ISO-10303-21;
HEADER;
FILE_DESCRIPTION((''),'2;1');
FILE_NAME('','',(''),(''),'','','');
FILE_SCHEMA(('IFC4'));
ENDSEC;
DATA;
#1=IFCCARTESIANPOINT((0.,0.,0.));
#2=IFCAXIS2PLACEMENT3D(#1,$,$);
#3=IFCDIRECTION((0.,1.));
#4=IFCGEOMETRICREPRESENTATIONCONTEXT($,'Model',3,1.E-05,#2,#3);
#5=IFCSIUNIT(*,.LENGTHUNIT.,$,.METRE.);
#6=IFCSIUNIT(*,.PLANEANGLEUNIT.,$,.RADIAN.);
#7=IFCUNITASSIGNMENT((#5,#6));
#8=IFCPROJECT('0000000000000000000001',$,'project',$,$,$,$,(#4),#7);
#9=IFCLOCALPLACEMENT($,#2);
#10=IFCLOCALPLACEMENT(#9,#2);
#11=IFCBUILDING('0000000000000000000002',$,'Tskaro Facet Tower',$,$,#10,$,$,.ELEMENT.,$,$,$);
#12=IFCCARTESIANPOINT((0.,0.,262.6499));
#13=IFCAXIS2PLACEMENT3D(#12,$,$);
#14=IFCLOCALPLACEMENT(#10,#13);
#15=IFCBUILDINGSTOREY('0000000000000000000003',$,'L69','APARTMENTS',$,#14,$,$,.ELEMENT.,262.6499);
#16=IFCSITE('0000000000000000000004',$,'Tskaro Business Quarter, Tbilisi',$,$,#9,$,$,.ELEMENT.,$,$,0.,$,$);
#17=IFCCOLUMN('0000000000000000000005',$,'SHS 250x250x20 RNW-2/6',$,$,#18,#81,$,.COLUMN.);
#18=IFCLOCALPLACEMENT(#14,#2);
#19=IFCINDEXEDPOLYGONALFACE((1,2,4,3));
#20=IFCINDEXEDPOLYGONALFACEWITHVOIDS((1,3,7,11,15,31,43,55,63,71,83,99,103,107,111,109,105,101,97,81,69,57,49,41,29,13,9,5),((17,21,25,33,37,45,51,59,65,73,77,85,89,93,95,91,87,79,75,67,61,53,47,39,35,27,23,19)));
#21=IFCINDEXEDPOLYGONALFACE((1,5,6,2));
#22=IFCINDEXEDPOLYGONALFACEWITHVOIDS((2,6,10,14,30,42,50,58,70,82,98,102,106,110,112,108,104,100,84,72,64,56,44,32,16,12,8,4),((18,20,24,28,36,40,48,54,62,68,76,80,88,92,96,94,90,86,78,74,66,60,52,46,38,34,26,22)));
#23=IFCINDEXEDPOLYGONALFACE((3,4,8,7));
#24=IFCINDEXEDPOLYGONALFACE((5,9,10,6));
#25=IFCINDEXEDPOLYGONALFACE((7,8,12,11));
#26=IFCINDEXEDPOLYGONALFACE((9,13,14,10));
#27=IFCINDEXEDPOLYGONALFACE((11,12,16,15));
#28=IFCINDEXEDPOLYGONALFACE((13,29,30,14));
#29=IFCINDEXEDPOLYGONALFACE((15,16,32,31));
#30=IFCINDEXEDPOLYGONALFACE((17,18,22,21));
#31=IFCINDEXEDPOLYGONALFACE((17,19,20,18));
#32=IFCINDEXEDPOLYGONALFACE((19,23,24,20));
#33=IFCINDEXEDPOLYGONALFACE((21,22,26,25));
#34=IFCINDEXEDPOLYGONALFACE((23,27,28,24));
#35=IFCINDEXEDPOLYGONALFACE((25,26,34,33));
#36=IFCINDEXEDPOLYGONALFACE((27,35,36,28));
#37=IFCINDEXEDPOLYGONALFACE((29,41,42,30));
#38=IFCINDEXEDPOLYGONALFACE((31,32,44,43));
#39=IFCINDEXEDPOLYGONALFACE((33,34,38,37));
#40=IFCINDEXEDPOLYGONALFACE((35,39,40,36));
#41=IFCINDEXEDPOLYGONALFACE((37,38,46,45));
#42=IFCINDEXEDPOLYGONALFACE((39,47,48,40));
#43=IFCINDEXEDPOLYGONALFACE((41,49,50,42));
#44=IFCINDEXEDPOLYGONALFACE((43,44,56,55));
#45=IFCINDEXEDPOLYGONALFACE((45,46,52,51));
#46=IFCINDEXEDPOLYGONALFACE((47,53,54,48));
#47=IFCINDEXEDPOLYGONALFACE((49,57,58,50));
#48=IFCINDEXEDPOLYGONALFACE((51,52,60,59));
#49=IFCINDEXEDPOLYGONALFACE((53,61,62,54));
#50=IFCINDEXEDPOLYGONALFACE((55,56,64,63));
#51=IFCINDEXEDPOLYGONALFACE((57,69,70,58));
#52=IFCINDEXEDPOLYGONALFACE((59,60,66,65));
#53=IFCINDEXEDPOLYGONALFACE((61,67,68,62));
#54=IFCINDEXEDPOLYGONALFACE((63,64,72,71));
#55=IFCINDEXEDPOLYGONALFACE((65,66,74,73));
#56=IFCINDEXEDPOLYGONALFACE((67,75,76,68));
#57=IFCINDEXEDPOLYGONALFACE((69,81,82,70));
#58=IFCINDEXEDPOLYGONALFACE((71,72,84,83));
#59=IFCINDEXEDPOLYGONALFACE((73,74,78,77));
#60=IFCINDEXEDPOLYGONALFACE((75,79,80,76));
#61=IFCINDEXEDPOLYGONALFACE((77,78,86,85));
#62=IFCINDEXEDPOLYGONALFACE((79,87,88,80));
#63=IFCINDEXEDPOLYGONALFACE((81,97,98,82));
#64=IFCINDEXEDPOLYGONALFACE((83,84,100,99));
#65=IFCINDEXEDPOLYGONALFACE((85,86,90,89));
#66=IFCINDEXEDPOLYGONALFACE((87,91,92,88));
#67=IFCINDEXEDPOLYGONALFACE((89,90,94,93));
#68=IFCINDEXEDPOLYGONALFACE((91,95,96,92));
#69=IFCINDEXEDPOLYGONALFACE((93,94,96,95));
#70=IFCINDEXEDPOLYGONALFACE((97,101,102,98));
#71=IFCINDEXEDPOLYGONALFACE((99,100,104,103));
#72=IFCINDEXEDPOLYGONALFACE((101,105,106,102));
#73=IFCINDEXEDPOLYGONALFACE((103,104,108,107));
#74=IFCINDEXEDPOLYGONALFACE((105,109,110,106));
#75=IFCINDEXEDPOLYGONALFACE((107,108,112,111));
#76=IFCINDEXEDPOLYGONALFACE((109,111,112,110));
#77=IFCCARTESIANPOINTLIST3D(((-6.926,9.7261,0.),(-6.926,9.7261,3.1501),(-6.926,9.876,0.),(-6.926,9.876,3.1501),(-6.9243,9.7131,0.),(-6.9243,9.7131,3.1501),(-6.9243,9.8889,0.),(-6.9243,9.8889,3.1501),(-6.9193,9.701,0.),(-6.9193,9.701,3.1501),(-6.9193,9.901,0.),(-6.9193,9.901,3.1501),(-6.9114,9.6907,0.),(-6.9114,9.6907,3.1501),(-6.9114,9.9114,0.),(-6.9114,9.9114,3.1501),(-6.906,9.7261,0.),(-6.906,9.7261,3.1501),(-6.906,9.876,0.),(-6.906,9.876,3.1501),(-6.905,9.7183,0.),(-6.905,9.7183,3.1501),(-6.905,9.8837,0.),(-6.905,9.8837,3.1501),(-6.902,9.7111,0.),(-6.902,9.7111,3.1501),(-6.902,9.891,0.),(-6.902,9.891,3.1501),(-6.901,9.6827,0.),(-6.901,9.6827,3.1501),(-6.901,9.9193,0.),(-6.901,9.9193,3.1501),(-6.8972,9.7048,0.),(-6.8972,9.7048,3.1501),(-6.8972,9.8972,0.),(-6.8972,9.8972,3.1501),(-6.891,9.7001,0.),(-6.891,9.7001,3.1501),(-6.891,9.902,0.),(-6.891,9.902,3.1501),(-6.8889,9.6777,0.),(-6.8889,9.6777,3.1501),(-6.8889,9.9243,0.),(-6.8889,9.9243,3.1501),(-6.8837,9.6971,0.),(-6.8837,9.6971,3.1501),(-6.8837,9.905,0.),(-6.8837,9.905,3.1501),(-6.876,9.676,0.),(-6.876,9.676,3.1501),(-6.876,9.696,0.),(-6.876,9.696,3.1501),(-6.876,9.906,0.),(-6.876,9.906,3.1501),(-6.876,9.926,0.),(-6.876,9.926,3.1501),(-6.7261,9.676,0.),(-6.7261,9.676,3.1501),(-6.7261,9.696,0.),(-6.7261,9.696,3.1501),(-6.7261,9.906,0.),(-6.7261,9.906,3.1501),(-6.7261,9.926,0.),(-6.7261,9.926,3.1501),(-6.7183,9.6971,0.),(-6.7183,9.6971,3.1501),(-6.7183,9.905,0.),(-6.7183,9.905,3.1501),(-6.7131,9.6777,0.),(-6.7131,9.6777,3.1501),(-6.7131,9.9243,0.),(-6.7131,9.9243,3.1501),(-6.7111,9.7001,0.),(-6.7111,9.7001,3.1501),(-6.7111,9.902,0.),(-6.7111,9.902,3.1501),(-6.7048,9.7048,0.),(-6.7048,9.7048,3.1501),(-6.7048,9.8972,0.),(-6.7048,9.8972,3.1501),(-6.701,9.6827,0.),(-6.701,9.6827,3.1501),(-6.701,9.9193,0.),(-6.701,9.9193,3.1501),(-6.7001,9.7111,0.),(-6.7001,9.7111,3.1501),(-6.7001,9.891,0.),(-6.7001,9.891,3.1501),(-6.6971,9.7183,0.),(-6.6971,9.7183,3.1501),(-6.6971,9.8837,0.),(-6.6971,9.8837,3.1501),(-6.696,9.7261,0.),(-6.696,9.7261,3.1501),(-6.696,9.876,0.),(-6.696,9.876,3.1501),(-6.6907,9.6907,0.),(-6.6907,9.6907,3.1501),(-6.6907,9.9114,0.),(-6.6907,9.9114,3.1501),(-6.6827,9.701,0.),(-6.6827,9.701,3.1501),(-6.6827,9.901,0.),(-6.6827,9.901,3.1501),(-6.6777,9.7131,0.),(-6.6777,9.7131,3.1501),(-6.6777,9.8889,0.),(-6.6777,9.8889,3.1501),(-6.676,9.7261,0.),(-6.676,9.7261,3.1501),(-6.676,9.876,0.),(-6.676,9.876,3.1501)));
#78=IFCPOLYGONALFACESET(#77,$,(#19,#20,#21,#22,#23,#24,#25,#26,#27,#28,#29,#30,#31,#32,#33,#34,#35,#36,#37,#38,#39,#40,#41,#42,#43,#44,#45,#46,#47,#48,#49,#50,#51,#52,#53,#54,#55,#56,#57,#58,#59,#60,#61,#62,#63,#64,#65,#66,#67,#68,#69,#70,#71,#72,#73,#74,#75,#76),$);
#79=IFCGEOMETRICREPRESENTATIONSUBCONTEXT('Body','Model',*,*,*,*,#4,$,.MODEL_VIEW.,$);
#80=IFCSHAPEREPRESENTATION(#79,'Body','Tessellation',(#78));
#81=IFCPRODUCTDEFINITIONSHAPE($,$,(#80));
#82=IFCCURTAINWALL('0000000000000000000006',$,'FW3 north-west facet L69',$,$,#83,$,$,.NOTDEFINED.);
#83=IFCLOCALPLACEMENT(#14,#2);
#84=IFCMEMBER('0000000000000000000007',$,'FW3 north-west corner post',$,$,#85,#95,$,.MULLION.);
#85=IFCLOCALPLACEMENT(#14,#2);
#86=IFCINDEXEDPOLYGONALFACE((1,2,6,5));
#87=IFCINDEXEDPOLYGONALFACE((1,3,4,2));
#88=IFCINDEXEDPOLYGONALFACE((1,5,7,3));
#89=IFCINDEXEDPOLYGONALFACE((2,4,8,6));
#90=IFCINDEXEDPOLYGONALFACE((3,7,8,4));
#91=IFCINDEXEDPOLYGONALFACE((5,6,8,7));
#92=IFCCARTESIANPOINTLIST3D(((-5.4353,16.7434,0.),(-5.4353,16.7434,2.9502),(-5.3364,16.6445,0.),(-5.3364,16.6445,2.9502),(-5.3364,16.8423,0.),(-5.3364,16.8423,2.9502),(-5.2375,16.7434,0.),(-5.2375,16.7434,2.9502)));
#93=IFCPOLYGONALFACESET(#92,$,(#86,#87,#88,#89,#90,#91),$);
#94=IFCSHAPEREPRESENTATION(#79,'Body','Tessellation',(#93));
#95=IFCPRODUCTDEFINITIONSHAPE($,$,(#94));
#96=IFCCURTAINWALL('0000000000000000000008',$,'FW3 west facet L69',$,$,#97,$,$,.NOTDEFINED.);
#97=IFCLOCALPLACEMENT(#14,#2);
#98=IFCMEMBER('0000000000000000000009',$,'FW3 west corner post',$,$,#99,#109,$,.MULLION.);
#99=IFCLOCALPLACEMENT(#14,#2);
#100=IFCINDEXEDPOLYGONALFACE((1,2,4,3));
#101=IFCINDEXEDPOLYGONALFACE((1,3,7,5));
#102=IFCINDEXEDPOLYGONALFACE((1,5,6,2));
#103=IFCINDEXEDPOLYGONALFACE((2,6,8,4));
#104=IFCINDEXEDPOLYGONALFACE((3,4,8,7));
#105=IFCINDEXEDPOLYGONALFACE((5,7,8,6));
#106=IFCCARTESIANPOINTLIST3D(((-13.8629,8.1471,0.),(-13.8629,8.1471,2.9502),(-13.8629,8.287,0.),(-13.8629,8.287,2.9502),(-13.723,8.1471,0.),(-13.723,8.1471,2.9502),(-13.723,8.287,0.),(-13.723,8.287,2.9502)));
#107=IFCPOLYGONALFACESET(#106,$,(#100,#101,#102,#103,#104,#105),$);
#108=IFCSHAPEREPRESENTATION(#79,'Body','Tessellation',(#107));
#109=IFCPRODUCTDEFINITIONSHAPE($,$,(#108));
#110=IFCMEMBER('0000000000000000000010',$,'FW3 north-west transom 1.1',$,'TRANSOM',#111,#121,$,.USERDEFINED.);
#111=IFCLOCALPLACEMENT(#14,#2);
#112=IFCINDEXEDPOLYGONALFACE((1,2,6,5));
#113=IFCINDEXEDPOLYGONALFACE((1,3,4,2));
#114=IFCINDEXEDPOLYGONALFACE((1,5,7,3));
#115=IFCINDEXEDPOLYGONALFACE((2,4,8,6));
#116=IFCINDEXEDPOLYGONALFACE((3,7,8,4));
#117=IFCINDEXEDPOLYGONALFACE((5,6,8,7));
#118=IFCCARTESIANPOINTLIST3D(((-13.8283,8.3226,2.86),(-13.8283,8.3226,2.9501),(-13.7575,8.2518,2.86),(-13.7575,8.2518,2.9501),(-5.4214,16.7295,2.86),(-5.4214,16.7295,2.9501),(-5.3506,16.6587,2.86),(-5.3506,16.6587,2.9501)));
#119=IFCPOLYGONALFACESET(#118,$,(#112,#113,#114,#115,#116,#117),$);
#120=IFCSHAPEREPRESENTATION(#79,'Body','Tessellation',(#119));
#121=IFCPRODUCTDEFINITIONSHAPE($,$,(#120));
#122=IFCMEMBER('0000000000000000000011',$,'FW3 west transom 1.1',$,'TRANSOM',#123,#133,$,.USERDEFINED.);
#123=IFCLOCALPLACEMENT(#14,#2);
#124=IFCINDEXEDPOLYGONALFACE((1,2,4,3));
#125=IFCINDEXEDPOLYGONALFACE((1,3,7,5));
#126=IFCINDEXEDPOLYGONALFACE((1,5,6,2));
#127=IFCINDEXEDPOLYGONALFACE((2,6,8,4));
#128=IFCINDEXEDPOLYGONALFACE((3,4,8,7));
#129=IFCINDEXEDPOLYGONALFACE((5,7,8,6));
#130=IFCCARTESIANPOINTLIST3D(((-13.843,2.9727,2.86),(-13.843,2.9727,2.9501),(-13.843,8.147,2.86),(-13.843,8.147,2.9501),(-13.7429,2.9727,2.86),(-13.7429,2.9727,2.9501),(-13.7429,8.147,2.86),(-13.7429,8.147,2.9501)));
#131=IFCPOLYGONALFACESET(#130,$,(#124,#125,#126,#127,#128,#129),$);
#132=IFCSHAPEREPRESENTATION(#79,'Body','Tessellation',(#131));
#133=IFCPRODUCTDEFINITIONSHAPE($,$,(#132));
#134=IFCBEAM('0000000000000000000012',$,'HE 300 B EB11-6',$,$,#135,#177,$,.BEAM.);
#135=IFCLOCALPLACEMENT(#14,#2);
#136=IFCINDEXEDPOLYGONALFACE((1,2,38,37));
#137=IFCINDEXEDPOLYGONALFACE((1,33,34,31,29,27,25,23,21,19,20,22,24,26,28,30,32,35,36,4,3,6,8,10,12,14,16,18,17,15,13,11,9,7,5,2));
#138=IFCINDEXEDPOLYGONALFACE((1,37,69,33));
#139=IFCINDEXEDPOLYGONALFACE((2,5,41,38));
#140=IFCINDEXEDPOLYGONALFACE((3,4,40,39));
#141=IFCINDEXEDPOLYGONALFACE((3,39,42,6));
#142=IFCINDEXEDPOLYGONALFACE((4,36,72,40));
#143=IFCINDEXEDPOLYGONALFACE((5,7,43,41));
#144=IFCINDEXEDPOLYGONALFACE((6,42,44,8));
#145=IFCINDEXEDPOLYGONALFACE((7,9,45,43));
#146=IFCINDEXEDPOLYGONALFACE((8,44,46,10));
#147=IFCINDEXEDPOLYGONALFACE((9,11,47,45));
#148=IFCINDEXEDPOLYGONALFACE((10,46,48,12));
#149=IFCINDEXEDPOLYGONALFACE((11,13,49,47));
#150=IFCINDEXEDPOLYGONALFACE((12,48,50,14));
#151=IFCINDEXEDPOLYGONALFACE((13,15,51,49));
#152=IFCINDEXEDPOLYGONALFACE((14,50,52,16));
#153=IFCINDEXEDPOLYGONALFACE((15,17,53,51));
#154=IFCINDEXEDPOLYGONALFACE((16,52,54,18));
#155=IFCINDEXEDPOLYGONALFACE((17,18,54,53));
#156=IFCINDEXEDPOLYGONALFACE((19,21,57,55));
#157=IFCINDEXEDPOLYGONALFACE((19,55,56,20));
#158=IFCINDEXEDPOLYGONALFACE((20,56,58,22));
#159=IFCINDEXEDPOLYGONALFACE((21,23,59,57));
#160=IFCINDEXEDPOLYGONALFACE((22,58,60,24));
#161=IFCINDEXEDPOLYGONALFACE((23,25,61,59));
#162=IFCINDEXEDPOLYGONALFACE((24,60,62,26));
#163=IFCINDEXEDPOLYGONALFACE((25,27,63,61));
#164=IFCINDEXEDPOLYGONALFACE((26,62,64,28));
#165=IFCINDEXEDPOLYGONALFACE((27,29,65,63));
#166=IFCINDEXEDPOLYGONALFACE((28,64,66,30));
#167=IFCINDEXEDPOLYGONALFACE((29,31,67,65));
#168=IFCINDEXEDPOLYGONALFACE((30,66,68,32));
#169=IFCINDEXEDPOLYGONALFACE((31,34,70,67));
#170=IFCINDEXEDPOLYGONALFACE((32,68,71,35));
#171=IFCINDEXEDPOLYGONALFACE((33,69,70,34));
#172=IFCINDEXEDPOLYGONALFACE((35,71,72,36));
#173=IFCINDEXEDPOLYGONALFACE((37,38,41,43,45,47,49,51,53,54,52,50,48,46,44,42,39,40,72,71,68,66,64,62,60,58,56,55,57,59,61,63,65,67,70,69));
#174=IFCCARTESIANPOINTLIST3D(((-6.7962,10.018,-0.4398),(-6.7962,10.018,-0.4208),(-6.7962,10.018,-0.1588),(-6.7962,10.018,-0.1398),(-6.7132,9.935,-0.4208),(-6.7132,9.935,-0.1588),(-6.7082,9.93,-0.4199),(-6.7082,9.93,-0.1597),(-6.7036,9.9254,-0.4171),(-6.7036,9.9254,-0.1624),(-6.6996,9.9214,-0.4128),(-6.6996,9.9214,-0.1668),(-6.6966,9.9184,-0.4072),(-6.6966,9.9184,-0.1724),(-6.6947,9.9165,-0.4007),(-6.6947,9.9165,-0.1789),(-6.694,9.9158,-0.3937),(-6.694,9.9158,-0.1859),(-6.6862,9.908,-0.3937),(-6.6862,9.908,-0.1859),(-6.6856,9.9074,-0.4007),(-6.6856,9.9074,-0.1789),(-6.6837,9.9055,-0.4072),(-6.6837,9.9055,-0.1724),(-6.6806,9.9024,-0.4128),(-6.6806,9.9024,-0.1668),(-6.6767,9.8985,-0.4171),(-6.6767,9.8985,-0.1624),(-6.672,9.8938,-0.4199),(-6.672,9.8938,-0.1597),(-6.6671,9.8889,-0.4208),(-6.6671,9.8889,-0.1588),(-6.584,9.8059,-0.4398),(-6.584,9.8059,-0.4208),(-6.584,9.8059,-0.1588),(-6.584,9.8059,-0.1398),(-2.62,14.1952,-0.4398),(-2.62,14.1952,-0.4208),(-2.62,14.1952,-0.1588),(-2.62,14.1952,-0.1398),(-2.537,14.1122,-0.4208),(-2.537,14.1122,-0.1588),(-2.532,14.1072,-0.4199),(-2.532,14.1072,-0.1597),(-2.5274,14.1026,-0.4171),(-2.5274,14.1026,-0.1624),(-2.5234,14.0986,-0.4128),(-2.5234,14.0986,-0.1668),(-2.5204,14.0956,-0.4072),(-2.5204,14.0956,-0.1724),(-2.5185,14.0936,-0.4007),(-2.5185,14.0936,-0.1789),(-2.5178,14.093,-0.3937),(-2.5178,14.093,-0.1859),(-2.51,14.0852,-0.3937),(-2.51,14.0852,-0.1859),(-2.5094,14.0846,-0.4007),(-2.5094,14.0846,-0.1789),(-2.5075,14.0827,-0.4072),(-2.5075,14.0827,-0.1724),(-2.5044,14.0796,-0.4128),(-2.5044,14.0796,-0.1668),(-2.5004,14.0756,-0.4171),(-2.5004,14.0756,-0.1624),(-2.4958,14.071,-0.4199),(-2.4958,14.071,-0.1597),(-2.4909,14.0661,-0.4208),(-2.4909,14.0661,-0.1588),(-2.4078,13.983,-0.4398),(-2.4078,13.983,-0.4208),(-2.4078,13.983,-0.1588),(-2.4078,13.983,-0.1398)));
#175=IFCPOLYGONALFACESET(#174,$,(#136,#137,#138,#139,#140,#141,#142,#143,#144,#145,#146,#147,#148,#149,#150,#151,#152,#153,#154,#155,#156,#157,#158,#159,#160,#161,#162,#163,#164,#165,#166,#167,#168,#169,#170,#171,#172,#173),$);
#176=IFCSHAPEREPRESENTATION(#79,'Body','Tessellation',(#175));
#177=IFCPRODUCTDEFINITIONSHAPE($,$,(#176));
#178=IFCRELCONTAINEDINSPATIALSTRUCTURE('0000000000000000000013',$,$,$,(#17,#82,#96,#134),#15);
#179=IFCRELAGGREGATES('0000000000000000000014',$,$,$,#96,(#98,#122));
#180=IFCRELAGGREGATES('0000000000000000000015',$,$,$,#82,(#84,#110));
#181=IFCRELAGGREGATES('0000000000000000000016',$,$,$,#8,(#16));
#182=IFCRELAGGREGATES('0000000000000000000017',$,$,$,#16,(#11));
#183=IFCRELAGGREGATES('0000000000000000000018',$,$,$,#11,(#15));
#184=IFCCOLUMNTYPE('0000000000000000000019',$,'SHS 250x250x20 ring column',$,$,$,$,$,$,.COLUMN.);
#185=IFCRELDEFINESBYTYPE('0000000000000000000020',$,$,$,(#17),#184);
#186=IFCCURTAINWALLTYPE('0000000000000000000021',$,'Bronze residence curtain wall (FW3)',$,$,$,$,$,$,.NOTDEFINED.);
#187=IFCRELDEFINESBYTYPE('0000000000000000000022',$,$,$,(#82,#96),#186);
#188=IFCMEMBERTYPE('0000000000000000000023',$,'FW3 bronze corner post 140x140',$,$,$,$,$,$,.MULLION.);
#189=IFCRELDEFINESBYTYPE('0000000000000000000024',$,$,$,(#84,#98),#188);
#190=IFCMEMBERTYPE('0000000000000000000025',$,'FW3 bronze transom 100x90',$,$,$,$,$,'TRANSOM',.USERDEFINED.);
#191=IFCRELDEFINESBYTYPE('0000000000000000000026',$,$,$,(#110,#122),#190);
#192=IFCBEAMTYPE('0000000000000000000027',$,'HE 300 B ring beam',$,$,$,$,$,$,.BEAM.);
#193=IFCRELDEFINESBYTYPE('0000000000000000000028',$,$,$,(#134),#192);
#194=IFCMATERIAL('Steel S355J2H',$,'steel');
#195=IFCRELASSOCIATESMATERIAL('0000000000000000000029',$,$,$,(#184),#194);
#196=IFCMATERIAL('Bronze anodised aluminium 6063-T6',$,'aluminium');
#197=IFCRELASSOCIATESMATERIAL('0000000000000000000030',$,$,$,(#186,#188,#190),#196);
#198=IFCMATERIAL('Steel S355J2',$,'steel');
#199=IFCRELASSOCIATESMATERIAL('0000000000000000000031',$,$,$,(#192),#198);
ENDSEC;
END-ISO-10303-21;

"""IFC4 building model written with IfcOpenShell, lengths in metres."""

from ifc_helpers import new_model, si_unit, direction, frame, origin, origin_2d, place, context, subcontext, project, spatial, rectangle, hollow_rectangle, i_section, extrude, material, material_profile, profile_set, type_object, element, aggregate, save


model = new_model("IFC4")

# Units and contexts
model_context = context("Model", 3, precision=1e-05, world=origin(), true_north=direction((0.0, 1.0)))
body_context = subcontext(model_context, "Body", "Model", "MODEL_VIEW")
ifc_project = project(units=[si_unit("LENGTHUNIT", "METRE"), si_unit("PLANEANGLEUNIT", "RADIAN")], contexts=[model_context])

# Site, building, storey
site_placement = place(None, origin())
site = spatial("IfcSite", under=ifc_project, at=site_placement, Name="Tskaro Business Quarter, Tbilisi", CompositionType="ELEMENT", RefElevation=0.0)
building_placement = place(site_placement, origin())
building = spatial("IfcBuilding", under=site, at=building_placement, Name="Tskaro Facet Tower", CompositionType="ELEMENT")
storey_placement = place(building_placement, frame((0.0, 0.0, 262.6499)))
storey = spatial("IfcBuildingStorey", under=building, at=storey_placement, Name="L69", Description="APARTMENTS", CompositionType="ELEMENT", Elevation=262.6499)

# Column
ifc_material_1 = material(Name="Steel S355J2", Category="steel")
ifc_material_2 = material(Name="Steel S355J2H", Category="steel")
ifc_material_profile_1 = material_profile(ifc_material_2, hollow_rectangle(XDim=0.25, YDim=0.25, WallThickness=0.02, InnerFilletRadius=0.03, OuterFilletRadius=0.05, at=origin_2d()), Name="SHS 250x250x20")
ifc_profile_set_1 = profile_set([ifc_material_profile_1], Name="Steel S355J2H")
column_type_1 = type_object("IfcColumnType", Name="SHS 250x250x20 ring column", PredefinedType="COLUMN", material=ifc_profile_set_1)
for number, where, z_axis, x_axis, name in (
    (1, (-6.801, 9.801, 0.0), (0.0, 0.0, 1.0), (1.0, 0.0, 0.0), "SHS 250x250x20 RNW-2/6"),
):
    element("IfcColumn", number, at=place(storey_placement, frame(where, z_axis=z_axis, x_axis=x_axis)), inside=storey, type_object=column_type_1, Name=name, PredefinedType="COLUMN", context=body_context, shape_type="SweptSolid", body=[
        extrude(hollow_rectangle(XDim=0.25, YDim=0.25, WallThickness=0.02, InnerFilletRadius=0.03, OuterFilletRadius=0.05, at=origin_2d()), origin(), (0.0, 0.0, 1.0), 3.1501),
    ])

# Curtain walls, members
ifc_material_3 = material(Name="Bronze anodised aluminium 6063-T6", Category="aluminium")
curtain_wall_type = type_object("IfcCurtainWallType", Name="Bronze residence curtain wall (FW3)", PredefinedType="NOTDEFINED", material=ifc_material_3)
curtain_wall_1_placement = place(storey_placement, origin())
curtain_wall_1 = element("IfcCurtainWall", 2, at=curtain_wall_1_placement, inside=storey, type_object=curtain_wall_type, Name="FW3 north-west facet L69", PredefinedType="NOTDEFINED")
ifc_material_profile_2 = material_profile(ifc_material_3, rectangle(XDim=0.1399, YDim=0.1399, at=origin_2d()), Name="Corner post 140x140")
ifc_profile_set_2 = profile_set([ifc_material_profile_2], Name="Bronze anodised aluminium 6063-T6")
member_type_1 = type_object("IfcMemberType", Name="FW3 bronze corner post 140x140", PredefinedType="MULLION", material=ifc_profile_set_2)
member_1_placement = place(storey_placement, frame((-5.3364, 16.7434, 0.0), z_axis=(0.0, 0.0, 1.0), x_axis=(-0.707107, -0.707107, 0.0)))
member_1 = element("IfcMember", 3, at=member_1_placement, type_object=member_type_1, Name="FW3 north-west corner post", PredefinedType="MULLION", context=body_context, shape_type="SweptSolid", body=[
    extrude(rectangle(XDim=0.1399, YDim=0.1399, at=origin_2d()), origin(), (0.0, 0.0, 1.0), 2.9502),
])
curtain_wall_2_placement = place(storey_placement, origin())
curtain_wall_2 = element("IfcCurtainWall", 4, at=curtain_wall_2_placement, inside=storey, type_object=curtain_wall_type, Name="FW3 west facet L69", PredefinedType="NOTDEFINED")
member_2_placement = place(storey_placement, frame((-13.793, 8.217, 0.0), z_axis=(0.0, 0.0, 1.0), x_axis=(0.0, -1.0, 0.0)))
member_2 = element("IfcMember", 5, at=member_2_placement, type_object=member_type_1, Name="FW3 west corner post", PredefinedType="MULLION", context=body_context, shape_type="SweptSolid", body=[
    extrude(rectangle(XDim=0.1399, YDim=0.1399, at=origin_2d()), origin(), (0.0, 0.0, 1.0), 2.9502),
])

# Members
ifc_material_profile_3 = material_profile(ifc_material_3, rectangle(XDim=0.1001, YDim=0.0901, at=origin_2d()), Name="Transom 100x90")
ifc_profile_set_3 = profile_set([ifc_material_profile_3], Name="Bronze anodised aluminium 6063-T6")
member_type_2 = type_object("IfcMemberType", Name="FW3 bronze transom 100x90", ElementType="TRANSOM", PredefinedType="USERDEFINED", material=ifc_profile_set_3)
member_3_placement = place(storey_placement, frame((-5.386, 16.6941, 2.905), z_axis=(-0.707107, -0.707107, 0.0), x_axis=(0.707107, -0.707107, 0.0)))
member_3 = element("IfcMember", 6, at=member_3_placement, type_object=member_type_2, Name="FW3 north-west transom 1.1", ObjectType="TRANSOM", PredefinedType="USERDEFINED", context=body_context, shape_type="SweptSolid", body=[
    extrude(rectangle(XDim=0.1001, YDim=0.0901, at=origin_2d()), origin(), (0.0, 0.0, 1.0), 11.8892),
])
member_4_placement = place(storey_placement, frame((-13.793, 8.147, 2.905), z_axis=(0.0, -1.0, 0.0), x_axis=(1.0, 0.0, 0.0)))
member_4 = element("IfcMember", 7, at=member_4_placement, type_object=member_type_2, Name="FW3 west transom 1.1", ObjectType="TRANSOM", PredefinedType="USERDEFINED", context=body_context, shape_type="SweptSolid", body=[
    extrude(rectangle(XDim=0.1001, YDim=0.0901, at=origin_2d()), origin(), (0.0, 0.0, 1.0), 5.1743),
])
aggregate(curtain_wall_2, [member_2, member_4])

# Beam
ifc_material_profile_4 = material_profile(ifc_material_1, i_section(OverallWidth=0.3, OverallDepth=0.3, WebThickness=0.011, FlangeThickness=0.019, FilletRadius=0.0271, at=origin_2d()), Name="HE 300 B")
ifc_profile_set_4 = profile_set([ifc_material_profile_4], Name="Steel S355J2")
beam_type_1 = type_object("IfcBeamType", Name="HE 300 B ring beam", PredefinedType="BEAM", material=ifc_profile_set_4)
for number, where, z_axis, x_axis, name in (
    (8, (-2.5139, 14.0891, -0.2898), (-0.707024, -0.707189, 0.0), (0.707189, -0.707024, 0.0), "HE 300 B EB11-6"),
):
    element("IfcBeam", number, at=place(storey_placement, frame(where, z_axis=z_axis, x_axis=x_axis)), inside=storey, type_object=beam_type_1, Name=name, PredefinedType="BEAM", context=body_context, shape_type="SweptSolid", body=[
        extrude(i_section(OverallWidth=0.3, OverallDepth=0.3, WebThickness=0.011, FlangeThickness=0.019, FilletRadius=0.0271, at=origin_2d()), origin(), (0.0, 0.0, 1.0), 5.9067),
    ])

aggregate(curtain_wall_1, [member_1, member_3])

save(model, "model.ifc")
